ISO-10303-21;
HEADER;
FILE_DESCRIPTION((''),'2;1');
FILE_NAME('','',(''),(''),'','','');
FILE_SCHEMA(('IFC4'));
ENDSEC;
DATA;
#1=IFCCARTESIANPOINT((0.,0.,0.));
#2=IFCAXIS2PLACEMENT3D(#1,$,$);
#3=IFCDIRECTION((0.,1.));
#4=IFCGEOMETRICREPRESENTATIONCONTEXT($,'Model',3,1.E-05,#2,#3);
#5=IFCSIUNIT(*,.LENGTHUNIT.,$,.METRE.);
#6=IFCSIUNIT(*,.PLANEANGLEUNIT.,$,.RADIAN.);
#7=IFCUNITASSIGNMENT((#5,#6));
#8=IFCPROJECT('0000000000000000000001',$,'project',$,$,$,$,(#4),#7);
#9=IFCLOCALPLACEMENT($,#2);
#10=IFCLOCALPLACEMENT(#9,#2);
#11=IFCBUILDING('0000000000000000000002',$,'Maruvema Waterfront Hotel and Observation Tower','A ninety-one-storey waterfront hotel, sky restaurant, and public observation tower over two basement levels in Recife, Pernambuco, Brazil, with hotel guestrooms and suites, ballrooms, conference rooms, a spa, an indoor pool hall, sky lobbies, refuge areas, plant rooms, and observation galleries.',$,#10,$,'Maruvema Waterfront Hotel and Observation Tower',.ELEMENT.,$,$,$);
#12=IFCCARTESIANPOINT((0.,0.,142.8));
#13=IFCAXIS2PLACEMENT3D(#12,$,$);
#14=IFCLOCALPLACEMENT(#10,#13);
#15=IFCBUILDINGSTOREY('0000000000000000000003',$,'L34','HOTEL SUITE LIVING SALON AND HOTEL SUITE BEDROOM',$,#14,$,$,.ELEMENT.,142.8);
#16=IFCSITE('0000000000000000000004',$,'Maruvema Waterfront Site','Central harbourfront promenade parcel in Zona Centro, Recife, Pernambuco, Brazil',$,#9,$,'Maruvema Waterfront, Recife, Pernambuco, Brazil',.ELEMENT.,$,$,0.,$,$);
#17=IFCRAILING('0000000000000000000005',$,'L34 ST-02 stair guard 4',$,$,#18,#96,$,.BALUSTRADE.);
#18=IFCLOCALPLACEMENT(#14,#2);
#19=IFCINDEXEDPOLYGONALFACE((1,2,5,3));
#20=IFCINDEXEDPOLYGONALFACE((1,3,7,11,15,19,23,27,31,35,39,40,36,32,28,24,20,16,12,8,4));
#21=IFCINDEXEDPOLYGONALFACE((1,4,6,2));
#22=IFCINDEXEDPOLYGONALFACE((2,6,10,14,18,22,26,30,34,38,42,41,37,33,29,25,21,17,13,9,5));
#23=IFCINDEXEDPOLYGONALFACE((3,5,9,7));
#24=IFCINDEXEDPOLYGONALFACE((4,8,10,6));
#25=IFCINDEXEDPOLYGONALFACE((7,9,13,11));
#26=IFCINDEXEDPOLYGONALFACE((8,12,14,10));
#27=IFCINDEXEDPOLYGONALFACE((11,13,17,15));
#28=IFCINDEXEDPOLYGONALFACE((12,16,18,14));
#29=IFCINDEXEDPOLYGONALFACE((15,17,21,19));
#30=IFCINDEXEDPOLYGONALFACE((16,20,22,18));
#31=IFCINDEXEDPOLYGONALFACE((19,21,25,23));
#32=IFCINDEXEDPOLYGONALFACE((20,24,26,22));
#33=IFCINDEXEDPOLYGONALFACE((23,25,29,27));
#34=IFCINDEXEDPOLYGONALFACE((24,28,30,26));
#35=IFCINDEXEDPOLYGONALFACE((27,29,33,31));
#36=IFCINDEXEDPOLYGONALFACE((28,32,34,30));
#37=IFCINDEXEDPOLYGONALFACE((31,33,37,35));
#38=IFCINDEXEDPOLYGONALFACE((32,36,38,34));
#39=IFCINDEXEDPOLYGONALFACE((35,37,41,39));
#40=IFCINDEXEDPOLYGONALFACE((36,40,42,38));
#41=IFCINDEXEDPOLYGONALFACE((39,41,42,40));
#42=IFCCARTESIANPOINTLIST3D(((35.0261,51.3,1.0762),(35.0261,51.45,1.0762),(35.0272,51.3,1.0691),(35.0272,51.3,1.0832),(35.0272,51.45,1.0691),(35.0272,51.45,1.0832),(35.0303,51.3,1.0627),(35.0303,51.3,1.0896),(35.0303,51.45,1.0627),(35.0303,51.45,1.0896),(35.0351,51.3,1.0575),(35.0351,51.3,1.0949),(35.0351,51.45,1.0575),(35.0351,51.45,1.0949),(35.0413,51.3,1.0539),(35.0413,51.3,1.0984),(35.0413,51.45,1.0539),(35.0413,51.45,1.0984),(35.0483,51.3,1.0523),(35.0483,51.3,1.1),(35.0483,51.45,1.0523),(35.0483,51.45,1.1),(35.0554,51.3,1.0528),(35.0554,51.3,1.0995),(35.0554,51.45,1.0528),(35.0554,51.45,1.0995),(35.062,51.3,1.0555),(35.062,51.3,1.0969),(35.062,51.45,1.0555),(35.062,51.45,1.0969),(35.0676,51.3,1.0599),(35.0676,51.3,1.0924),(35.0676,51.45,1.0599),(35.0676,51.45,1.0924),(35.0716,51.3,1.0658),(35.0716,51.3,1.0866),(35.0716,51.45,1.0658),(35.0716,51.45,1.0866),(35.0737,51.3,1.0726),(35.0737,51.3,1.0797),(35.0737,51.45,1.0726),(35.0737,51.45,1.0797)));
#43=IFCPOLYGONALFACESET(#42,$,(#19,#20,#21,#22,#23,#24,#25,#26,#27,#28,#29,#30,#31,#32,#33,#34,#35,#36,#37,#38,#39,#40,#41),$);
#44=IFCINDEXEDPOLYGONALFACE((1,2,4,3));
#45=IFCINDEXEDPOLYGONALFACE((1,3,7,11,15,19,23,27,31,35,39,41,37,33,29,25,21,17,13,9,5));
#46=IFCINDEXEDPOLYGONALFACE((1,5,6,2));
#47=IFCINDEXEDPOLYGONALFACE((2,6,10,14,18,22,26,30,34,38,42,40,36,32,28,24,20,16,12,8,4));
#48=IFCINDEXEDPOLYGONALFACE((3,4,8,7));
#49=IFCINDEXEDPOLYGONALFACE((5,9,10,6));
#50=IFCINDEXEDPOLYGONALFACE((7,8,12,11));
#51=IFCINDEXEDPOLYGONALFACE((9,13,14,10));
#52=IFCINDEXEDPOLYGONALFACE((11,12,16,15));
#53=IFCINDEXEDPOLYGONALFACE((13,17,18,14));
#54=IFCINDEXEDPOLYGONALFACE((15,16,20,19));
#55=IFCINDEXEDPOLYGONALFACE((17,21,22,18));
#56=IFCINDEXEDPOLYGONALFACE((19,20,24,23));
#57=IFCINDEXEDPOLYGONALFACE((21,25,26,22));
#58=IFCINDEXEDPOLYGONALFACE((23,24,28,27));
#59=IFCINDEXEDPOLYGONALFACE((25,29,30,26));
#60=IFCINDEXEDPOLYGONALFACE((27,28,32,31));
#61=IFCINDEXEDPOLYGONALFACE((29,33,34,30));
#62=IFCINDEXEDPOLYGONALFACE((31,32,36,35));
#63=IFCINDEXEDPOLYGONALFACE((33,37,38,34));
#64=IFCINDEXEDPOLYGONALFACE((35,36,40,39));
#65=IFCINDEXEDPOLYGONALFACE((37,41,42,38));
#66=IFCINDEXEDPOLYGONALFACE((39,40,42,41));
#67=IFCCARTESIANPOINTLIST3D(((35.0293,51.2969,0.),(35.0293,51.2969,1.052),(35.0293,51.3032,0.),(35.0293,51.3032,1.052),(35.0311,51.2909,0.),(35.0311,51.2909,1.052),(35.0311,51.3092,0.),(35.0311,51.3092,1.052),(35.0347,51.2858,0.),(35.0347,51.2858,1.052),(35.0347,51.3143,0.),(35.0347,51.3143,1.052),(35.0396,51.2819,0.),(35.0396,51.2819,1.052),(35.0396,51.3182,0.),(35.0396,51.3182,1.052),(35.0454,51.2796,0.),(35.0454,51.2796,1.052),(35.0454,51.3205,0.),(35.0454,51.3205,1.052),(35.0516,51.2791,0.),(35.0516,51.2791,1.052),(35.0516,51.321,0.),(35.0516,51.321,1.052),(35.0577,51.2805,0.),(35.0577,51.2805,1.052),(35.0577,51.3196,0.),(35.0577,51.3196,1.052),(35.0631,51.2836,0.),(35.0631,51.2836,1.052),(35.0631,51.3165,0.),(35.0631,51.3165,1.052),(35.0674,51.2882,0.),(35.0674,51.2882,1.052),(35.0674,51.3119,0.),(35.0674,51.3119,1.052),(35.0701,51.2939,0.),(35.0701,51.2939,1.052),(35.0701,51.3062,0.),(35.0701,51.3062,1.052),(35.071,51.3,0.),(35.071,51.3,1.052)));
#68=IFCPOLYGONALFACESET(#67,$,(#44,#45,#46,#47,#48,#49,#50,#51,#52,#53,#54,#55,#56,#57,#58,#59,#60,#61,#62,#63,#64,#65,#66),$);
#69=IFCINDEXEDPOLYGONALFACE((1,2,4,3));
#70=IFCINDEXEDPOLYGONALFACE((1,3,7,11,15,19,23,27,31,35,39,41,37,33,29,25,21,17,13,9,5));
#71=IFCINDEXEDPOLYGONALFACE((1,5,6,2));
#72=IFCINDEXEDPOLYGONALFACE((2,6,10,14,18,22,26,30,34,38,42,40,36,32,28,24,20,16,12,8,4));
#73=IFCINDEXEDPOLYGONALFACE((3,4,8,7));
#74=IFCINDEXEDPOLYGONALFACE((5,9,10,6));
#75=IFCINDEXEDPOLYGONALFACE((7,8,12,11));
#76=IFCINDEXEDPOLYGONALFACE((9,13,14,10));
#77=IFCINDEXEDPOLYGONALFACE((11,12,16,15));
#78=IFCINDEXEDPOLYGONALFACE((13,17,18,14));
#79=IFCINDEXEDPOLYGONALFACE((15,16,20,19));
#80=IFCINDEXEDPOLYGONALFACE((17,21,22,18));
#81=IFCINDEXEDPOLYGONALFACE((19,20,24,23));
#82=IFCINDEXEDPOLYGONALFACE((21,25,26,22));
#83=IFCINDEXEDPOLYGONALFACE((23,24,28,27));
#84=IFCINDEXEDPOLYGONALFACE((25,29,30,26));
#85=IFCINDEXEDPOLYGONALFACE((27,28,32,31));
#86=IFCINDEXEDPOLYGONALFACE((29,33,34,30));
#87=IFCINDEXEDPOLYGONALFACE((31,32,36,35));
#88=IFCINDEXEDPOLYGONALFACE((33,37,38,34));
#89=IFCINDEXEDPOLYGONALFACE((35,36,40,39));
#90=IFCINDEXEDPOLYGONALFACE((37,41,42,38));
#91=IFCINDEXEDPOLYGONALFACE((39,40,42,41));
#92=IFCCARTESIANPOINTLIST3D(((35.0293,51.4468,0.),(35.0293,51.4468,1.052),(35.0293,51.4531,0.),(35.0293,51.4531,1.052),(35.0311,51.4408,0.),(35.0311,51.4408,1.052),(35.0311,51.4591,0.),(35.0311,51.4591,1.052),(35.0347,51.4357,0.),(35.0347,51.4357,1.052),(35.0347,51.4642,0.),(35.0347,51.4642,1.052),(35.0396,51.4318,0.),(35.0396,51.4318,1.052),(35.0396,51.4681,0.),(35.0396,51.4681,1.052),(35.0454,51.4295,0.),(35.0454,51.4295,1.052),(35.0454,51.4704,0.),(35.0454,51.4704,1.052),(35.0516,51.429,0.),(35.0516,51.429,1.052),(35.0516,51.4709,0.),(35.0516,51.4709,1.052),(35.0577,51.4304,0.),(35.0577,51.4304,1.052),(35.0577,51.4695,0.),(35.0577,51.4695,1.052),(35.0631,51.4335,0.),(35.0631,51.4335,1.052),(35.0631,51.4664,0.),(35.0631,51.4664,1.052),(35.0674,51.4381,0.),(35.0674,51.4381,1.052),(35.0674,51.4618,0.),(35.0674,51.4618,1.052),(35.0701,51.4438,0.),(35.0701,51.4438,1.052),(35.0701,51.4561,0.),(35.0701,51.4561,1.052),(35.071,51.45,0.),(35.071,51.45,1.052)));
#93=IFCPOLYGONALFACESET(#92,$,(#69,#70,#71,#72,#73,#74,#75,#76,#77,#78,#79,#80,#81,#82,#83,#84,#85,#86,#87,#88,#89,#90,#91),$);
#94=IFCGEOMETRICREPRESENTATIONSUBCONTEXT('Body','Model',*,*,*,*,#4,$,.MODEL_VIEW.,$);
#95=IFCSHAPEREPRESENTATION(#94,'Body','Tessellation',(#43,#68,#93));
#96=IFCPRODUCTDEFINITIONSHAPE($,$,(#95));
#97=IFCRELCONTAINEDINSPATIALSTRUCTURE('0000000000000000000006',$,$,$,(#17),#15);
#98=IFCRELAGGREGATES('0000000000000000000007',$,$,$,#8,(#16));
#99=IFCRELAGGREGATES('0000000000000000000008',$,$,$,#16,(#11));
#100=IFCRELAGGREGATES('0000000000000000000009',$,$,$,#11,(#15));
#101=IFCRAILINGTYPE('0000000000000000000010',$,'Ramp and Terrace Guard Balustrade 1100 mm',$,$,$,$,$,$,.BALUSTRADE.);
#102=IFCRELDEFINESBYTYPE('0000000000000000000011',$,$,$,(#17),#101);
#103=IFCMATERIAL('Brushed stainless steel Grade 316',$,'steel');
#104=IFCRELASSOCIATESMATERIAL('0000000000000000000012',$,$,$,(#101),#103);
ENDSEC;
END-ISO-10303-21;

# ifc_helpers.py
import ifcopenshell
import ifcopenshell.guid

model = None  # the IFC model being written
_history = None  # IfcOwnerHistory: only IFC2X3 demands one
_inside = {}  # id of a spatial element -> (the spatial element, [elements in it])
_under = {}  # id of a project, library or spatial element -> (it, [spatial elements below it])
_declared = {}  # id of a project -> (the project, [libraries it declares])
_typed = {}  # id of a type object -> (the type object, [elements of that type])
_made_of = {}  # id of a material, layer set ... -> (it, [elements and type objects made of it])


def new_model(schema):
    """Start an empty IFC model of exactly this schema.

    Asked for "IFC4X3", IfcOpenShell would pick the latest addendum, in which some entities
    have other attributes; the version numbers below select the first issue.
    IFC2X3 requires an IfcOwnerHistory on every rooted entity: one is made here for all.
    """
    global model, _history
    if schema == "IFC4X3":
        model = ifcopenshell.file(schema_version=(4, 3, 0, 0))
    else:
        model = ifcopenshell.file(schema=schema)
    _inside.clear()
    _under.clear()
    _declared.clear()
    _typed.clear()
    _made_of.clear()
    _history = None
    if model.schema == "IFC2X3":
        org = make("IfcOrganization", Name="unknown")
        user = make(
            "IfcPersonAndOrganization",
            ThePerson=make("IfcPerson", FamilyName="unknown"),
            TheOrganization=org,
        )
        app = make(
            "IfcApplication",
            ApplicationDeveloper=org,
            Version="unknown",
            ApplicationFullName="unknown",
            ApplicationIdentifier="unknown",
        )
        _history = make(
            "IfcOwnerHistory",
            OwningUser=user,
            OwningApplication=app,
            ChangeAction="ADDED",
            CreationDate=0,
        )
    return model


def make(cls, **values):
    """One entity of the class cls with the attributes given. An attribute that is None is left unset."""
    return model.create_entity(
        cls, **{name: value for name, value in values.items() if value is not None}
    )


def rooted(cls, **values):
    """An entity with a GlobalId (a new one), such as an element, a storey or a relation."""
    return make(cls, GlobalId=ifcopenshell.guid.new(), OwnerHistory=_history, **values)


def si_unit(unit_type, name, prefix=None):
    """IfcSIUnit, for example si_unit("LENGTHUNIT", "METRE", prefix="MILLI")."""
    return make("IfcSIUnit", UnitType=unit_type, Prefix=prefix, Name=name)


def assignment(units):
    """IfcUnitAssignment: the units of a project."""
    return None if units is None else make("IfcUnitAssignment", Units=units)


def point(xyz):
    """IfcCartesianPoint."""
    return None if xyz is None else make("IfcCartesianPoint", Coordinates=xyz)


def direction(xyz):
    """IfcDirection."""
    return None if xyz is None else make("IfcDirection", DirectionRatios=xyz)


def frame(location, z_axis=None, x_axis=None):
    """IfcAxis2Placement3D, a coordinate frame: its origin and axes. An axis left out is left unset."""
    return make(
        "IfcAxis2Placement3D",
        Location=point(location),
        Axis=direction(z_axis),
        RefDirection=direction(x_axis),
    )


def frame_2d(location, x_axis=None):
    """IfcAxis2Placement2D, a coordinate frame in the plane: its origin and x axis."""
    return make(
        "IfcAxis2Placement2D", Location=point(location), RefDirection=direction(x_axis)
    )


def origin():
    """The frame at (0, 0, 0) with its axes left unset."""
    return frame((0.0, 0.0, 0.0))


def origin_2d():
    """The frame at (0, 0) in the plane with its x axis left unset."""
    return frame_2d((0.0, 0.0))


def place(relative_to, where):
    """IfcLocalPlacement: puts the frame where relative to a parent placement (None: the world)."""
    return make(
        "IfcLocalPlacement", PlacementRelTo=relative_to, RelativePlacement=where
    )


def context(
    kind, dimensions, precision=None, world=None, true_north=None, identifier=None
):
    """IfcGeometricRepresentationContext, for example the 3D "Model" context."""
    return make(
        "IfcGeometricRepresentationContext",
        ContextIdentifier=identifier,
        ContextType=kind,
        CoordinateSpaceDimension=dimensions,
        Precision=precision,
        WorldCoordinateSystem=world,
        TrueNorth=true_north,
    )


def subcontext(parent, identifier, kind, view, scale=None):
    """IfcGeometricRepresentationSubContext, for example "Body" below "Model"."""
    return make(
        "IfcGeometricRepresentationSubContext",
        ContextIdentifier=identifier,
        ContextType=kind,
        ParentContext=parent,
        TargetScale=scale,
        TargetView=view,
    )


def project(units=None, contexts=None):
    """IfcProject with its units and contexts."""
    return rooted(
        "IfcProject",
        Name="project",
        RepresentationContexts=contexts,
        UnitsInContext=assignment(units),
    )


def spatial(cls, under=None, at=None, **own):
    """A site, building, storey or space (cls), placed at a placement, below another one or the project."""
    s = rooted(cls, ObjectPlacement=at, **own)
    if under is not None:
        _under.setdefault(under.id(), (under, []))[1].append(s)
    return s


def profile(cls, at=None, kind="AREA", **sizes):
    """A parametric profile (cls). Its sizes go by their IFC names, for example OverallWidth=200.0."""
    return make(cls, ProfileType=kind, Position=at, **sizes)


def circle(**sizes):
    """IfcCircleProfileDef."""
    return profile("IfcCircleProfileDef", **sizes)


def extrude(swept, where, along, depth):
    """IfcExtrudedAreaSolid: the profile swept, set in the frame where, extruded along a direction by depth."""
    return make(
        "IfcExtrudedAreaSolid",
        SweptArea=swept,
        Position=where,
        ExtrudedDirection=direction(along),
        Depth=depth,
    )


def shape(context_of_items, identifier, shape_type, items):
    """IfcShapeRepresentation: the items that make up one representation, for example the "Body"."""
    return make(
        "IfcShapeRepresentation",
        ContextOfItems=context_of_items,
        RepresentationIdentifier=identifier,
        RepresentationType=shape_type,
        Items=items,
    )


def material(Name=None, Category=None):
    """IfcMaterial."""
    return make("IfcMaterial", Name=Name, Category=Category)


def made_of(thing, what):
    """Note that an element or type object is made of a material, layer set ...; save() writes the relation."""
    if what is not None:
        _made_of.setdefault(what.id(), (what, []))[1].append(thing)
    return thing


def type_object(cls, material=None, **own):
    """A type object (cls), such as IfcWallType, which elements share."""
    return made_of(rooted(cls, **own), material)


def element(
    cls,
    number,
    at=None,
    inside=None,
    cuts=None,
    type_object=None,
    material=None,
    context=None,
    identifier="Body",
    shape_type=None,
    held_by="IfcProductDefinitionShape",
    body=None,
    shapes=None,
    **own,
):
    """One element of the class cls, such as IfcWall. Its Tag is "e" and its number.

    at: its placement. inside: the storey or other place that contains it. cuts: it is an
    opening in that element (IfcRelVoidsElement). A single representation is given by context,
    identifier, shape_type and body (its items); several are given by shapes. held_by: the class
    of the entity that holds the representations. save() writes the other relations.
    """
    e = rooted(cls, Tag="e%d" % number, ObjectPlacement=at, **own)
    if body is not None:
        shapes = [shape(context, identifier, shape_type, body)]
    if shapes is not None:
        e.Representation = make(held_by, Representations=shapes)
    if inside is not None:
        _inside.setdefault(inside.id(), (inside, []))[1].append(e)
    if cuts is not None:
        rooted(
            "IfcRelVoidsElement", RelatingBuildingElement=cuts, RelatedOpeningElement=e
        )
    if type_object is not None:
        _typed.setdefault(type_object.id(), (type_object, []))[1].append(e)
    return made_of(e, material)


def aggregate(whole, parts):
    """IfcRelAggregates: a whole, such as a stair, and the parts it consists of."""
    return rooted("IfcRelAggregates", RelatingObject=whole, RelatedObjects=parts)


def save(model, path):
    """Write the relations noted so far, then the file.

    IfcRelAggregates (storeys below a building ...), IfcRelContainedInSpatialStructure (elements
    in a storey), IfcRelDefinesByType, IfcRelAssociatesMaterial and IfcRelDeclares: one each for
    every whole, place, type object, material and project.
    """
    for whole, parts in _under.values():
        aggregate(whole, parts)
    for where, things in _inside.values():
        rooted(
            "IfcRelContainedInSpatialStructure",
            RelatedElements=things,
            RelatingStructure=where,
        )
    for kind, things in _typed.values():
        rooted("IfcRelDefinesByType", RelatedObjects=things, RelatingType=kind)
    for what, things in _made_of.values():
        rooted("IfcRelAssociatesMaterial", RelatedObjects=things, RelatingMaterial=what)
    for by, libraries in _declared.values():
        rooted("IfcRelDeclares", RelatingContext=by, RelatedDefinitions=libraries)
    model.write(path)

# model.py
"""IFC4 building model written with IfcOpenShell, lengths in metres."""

from ifc_helpers import new_model, si_unit, direction, frame, origin, origin_2d, place, context, subcontext, project, spatial, circle, extrude, material, type_object, element, save


model = new_model("IFC4")

# Units and contexts
model_context = context("Model", 3, precision=1e-05, world=origin(), true_north=direction((0.0, 1.0)))
body_context = subcontext(model_context, "Body", "Model", "MODEL_VIEW")
ifc_project = project(units=[si_unit("LENGTHUNIT", "METRE"), si_unit("PLANEANGLEUNIT", "RADIAN")], contexts=[model_context])

# Site, building, storey
site_placement = place(None, origin())
site = spatial("IfcSite", under=ifc_project, at=site_placement, Name="Maruvema Waterfront Site", Description="Central harbourfront promenade parcel in Zona Centro, Recife, Pernambuco, Brazil", LongName="Maruvema Waterfront, Recife, Pernambuco, Brazil", CompositionType="ELEMENT", RefElevation=0.0)
building_placement = place(site_placement, origin())
building = spatial("IfcBuilding", under=site, at=building_placement, Name="Maruvema Waterfront Hotel and Observation Tower", Description="A ninety-one-storey waterfront hotel, sky restaurant, and public observation tower over two basement levels in Recife, Pernambuco, Brazil, with hotel guestrooms and suites, ballrooms, conference rooms, a spa, an indoor pool hall, sky lobbies, refuge areas, plant rooms, and observation galleries.", LongName="Maruvema Waterfront Hotel and Observation Tower", CompositionType="ELEMENT")
storey_placement = place(building_placement, frame((0.0, 0.0, 142.8)))
storey = spatial("IfcBuildingStorey", under=building, at=storey_placement, Name="L34", Description="HOTEL SUITE LIVING SALON AND HOTEL SUITE BEDROOM", CompositionType="ELEMENT", Elevation=142.8)

# Railing
ifc_material_1 = material(Name="Brushed stainless steel Grade 316", Category="steel")
railing_type_1 = type_object("IfcRailingType", Name="Ramp and Terrace Guard Balustrade 1100 mm", PredefinedType="BALUSTRADE", material=ifc_material_1)
railing_1_placement = place(storey_placement, frame((35.05, 51.3, 0.0)))
element("IfcRailing", 1, at=railing_1_placement, inside=storey, type_object=railing_type_1, Name="L34 ST-02 stair guard 4", PredefinedType="BALUSTRADE", context=body_context, shape_type="SweptSolid", body=[
    extrude(circle(Radius=0.0239, at=origin_2d()), frame((0.0, 0.0, 1.0762), z_axis=(0.0, 1.0, 0.0), x_axis=(-1.0, 0.0, 0.0)), (0.0, 0.0, 1.0), 0.1499),
    extrude(circle(Radius=0.021, at=origin_2d()), origin(), (0.0, 0.0, 1.0), 1.052),
    extrude(circle(Radius=0.021, at=origin_2d()), frame((0.0, 0.1499, 0.0)), (0.0, 0.0, 1.0), 1.052),
])

save(model, "model.ifc")
